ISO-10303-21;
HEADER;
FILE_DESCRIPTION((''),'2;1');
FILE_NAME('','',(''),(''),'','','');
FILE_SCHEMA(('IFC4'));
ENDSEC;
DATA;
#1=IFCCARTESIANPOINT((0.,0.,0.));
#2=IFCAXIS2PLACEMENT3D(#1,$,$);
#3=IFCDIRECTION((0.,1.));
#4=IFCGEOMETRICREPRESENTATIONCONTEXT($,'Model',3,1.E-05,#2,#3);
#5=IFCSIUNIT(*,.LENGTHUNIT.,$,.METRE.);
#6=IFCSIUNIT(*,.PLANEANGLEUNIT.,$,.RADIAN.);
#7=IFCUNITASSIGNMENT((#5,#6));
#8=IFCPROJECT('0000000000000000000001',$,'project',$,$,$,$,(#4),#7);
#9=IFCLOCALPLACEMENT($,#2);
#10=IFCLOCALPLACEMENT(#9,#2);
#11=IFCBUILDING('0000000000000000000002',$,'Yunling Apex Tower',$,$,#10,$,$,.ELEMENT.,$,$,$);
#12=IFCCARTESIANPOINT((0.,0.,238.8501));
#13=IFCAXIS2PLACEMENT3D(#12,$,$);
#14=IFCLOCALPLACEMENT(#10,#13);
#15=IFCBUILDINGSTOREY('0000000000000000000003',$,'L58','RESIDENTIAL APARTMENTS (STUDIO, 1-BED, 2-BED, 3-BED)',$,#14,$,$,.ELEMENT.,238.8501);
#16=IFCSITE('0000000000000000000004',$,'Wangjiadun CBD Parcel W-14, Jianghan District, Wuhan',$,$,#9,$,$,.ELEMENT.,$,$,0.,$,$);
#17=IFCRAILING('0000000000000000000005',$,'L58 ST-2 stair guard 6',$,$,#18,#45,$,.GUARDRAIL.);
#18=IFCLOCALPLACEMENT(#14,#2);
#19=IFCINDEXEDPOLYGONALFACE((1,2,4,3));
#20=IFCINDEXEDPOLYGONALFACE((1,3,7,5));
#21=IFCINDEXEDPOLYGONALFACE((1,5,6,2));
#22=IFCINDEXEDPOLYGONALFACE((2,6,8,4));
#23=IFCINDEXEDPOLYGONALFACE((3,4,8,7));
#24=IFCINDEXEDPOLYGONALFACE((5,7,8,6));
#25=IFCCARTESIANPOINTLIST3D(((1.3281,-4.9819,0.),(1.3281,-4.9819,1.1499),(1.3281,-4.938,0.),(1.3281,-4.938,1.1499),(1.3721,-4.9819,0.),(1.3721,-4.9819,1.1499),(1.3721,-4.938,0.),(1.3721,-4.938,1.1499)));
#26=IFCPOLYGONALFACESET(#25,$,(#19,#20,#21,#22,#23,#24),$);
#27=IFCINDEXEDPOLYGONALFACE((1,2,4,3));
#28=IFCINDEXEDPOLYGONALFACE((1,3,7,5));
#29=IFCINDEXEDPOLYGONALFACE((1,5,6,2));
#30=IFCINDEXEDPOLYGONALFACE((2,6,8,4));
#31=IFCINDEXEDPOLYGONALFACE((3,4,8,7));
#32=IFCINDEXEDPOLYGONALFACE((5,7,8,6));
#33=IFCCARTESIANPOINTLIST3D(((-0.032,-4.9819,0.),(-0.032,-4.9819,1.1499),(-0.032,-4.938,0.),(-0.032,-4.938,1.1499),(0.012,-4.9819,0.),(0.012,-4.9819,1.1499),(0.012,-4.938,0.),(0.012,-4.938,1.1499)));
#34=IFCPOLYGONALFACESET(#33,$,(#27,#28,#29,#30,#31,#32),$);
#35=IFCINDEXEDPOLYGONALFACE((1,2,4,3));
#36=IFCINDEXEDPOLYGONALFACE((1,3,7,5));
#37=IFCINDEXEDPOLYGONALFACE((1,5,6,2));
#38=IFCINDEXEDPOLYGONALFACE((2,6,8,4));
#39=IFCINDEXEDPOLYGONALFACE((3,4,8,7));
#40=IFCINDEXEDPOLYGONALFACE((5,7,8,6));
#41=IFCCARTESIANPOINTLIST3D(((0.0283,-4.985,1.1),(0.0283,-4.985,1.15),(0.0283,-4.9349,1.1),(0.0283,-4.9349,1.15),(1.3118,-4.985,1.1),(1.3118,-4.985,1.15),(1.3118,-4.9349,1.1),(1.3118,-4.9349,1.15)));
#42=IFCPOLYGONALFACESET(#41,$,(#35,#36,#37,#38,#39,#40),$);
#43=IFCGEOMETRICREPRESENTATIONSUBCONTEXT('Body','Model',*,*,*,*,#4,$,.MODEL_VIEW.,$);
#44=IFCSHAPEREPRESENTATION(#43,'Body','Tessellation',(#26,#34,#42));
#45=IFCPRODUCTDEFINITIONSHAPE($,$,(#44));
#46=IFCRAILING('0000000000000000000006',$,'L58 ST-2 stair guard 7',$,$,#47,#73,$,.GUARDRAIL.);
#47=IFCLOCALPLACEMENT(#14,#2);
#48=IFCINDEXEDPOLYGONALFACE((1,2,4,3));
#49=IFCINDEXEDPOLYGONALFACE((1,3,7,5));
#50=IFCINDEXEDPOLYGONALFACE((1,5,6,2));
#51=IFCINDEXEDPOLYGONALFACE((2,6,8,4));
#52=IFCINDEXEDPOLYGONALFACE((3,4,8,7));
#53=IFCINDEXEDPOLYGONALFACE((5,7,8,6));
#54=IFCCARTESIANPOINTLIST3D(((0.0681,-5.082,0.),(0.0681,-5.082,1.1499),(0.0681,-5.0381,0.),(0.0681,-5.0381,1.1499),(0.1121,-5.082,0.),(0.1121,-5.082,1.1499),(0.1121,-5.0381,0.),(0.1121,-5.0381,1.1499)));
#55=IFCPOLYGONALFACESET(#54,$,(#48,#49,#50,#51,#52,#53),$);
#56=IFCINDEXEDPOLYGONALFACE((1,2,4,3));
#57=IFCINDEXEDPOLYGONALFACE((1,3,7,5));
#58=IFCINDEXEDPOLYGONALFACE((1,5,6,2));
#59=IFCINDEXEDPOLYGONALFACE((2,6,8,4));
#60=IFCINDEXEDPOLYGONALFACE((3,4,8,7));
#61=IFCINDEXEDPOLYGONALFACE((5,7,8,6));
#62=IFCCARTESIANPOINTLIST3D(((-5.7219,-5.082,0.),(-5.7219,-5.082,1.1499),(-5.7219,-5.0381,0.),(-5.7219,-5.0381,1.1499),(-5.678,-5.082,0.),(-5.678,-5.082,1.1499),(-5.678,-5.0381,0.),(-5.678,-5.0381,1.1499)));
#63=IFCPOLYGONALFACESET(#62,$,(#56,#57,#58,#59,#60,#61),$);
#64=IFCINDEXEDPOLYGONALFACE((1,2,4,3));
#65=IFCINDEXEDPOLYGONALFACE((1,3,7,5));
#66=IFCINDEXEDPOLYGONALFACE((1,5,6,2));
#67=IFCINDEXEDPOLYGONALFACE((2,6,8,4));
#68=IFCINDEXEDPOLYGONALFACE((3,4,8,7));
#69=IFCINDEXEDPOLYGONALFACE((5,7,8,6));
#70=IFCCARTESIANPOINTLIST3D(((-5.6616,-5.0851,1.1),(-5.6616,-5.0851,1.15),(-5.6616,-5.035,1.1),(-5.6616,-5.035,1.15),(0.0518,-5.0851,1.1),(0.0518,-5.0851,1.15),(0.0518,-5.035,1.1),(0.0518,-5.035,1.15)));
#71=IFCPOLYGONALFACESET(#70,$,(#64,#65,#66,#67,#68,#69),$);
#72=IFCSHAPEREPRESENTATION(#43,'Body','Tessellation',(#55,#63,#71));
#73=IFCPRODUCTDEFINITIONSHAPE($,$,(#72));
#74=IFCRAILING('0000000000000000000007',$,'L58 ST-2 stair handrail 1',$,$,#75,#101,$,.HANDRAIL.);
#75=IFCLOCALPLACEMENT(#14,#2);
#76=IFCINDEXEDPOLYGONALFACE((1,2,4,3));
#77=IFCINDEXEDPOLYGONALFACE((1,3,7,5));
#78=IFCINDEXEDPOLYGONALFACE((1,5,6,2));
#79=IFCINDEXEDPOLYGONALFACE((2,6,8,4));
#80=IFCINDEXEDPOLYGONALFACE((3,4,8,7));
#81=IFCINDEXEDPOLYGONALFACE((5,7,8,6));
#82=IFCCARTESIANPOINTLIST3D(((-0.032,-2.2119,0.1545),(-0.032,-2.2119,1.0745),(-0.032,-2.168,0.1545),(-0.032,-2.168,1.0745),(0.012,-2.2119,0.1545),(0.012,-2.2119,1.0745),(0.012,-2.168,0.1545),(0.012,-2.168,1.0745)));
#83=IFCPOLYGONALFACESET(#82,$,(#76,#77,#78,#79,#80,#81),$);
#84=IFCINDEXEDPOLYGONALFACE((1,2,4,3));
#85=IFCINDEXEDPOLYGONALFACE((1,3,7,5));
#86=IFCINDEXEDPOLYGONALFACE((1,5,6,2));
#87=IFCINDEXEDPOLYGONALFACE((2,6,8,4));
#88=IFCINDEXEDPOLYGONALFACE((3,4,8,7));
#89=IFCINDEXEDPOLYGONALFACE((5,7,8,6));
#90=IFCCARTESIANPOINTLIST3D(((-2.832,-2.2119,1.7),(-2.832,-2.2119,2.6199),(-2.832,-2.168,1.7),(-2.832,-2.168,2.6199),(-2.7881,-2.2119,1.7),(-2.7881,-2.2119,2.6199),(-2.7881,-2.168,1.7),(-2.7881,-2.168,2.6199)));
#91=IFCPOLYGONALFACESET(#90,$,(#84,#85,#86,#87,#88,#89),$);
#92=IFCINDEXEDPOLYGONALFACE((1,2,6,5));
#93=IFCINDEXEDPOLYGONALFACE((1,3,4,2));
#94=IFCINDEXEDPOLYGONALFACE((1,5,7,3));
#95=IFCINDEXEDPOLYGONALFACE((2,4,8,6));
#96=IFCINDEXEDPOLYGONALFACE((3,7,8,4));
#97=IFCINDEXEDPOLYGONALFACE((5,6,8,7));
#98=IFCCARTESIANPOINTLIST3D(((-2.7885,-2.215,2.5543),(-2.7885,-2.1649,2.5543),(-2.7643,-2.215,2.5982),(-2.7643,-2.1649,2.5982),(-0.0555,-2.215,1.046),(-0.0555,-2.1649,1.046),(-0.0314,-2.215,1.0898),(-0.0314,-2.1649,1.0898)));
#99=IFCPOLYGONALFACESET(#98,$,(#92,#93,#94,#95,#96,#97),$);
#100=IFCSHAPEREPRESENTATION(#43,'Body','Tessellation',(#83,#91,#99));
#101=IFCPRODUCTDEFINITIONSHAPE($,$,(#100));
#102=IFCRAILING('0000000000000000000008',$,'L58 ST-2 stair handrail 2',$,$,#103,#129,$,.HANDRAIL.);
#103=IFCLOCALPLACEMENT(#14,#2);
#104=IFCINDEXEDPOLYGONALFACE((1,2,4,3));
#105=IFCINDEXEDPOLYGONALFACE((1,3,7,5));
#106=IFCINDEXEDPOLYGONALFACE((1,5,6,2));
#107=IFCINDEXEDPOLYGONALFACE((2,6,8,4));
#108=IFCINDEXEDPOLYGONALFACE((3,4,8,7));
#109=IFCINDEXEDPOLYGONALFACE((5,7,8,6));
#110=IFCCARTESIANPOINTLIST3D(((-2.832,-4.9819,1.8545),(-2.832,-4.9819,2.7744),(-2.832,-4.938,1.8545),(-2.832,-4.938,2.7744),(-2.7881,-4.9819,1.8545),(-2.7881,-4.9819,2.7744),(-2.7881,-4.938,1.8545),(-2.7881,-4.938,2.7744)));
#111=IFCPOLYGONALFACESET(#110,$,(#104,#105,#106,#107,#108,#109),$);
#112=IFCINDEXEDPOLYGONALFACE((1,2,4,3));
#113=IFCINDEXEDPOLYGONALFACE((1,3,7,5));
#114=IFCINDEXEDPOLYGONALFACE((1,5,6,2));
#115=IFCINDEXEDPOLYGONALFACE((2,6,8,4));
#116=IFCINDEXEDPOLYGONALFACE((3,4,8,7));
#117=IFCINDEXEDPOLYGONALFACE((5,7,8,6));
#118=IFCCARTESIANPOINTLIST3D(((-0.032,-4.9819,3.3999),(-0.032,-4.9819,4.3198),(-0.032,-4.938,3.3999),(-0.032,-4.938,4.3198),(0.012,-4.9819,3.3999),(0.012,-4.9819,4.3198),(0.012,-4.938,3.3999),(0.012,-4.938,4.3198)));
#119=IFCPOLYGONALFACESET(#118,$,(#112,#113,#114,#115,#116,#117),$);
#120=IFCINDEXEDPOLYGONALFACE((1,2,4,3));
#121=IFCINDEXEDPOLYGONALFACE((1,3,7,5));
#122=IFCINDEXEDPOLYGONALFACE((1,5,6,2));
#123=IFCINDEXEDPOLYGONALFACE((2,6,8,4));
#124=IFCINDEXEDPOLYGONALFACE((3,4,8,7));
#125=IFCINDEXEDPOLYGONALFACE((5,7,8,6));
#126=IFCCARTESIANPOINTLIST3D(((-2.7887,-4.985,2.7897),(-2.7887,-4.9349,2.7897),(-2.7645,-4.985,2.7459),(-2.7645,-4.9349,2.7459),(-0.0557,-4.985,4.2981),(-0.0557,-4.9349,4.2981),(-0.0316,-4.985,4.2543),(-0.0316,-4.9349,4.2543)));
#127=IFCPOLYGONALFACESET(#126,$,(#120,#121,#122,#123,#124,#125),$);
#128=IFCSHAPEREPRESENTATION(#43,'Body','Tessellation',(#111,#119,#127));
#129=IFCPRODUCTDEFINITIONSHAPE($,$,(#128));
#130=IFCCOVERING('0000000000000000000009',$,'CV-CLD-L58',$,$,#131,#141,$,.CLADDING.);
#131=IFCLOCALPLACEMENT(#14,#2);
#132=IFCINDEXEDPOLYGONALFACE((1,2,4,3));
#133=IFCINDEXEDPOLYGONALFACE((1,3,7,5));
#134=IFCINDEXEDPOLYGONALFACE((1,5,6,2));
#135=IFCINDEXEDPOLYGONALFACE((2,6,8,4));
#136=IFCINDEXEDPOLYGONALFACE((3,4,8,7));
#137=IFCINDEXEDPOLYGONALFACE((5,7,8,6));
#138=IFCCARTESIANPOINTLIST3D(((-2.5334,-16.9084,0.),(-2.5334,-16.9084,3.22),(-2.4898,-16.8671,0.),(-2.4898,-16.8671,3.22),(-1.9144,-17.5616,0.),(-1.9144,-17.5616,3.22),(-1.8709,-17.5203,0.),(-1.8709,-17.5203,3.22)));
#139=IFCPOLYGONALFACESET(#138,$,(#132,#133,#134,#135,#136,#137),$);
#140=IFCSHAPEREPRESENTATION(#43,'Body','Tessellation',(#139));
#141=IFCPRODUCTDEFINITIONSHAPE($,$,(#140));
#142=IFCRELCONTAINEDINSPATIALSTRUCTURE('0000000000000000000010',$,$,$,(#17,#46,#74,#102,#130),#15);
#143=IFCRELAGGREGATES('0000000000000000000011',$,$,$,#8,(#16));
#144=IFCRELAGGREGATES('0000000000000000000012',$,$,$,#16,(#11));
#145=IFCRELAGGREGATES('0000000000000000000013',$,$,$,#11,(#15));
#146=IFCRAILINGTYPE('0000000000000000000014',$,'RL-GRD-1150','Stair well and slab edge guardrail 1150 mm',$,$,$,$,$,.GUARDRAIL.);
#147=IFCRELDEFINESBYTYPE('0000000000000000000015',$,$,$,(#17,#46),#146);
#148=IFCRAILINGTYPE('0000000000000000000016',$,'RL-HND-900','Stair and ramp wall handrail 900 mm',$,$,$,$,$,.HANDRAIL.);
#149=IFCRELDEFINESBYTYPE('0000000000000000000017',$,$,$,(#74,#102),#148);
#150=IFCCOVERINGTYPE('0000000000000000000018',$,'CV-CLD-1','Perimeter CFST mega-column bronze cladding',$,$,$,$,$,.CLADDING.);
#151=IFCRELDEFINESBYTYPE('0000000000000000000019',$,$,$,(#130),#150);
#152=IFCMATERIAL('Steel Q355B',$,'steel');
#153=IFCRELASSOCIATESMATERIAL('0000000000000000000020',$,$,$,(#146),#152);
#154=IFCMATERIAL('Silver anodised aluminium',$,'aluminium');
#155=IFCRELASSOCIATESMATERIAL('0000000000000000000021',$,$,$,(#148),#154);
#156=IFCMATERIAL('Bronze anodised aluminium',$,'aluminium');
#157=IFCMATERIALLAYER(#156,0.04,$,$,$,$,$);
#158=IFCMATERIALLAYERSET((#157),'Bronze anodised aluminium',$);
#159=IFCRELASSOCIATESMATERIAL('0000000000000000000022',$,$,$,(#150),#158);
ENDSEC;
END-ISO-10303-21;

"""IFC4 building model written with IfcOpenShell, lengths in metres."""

from ifc_helpers import new_model, si_unit, direction, frame, origin, origin_2d, place, context, subcontext, project, spatial, rectangle, extrude, source, transform, mapped, material, layer, layer_set, type_object, element, save


model = new_model("IFC4")

# Units and contexts
model_context = context("Model", 3, precision=1e-05, world=origin(), true_north=direction((0.0, 1.0)))
body_context = subcontext(model_context, "Body", "Model", "MODEL_VIEW")
ifc_project = project(units=[si_unit("LENGTHUNIT", "METRE"), si_unit("PLANEANGLEUNIT", "RADIAN")], contexts=[model_context])

# Site, building, storey
site_placement = place(None, origin())
site = spatial("IfcSite", under=ifc_project, at=site_placement, Name="Wangjiadun CBD Parcel W-14, Jianghan District, Wuhan", CompositionType="ELEMENT", RefElevation=0.0)
building_placement = place(site_placement, origin())
building = spatial("IfcBuilding", under=site, at=building_placement, Name="Yunling Apex Tower", CompositionType="ELEMENT")
storey_placement = place(building_placement, frame((0.0, 0.0, 238.8501)))
storey = spatial("IfcBuildingStorey", under=building, at=storey_placement, Name="L58", Description="RESIDENTIAL APARTMENTS (STUDIO, 1-BED, 2-BED, 3-BED)", CompositionType="ELEMENT", Elevation=238.8501)

# Shared definitions
ifc_material_1 = material(Name="Steel Q355B", Category="steel")

# Shared definitions
ifc_material_2 = material(Name="Bronze anodised aluminium", Category="aluminium")

# Railings
railing_type_1 = type_object("IfcRailingType", Name="RL-GRD-1150", Description="Stair well and slab edge guardrail 1150 mm", PredefinedType="GUARDRAIL", material=ifc_material_1)
railing_1_placement = place(storey_placement, frame((1.3501, -4.96, 0.0)))
element("IfcRailing", 1, at=railing_1_placement, inside=storey, type_object=railing_type_1, Name="L58 ST-2 stair guard 6", PredefinedType="GUARDRAIL", context=body_context, shape_type="SweptSolid", body=[
    extrude(rectangle(XDim=0.0439, YDim=0.0439, at=origin_2d()), origin(), (0.0, 0.0, 1.0), 1.1499),
    extrude(rectangle(XDim=0.0439, YDim=0.0439, at=origin_2d()), frame((-1.3601, 0.0, 0.0)), (0.0, 0.0, 1.0), 1.1499),
    extrude(rectangle(XDim=0.05, YDim=0.05, at=origin_2d()), frame((-0.0383, 0.0, 1.125), z_axis=(-1.0, 0.0, 0.0), x_axis=(0.0, -1.0, 0.0)), (0.0, 0.0, 1.0), 1.2834),
])
railing_2_placement = place(storey_placement, frame((0.0901, -5.0601, 0.0)))
element("IfcRailing", 2, at=railing_2_placement, inside=storey, type_object=railing_type_1, Name="L58 ST-2 stair guard 7", PredefinedType="GUARDRAIL", context=body_context, shape_type="SweptSolid", body=[
    extrude(rectangle(XDim=0.0439, YDim=0.0439, at=origin_2d()), origin(), (0.0, 0.0, 1.0), 1.1499),
    extrude(rectangle(XDim=0.0439, YDim=0.0439, at=origin_2d()), frame((-5.79, 0.0, 0.0)), (0.0, 0.0, 1.0), 1.1499),
    extrude(rectangle(XDim=0.05, YDim=0.05, at=origin_2d()), frame((-0.0383, 0.0, 1.125), z_axis=(-1.0, 0.0, 0.0), x_axis=(0.0, -1.0, 0.0)), (0.0, 0.0, 1.0), 5.7134),
])
ifc_material_3 = material(Name="Silver anodised aluminium", Category="aluminium")
railing_type_2 = type_object("IfcRailingType", Name="RL-HND-900", Description="Stair and ramp wall handrail 900 mm", PredefinedType="HANDRAIL", material=ifc_material_3)
railing_3_placement = place(storey_placement, frame((-0.01, -2.1899, 0.1545)))
element("IfcRailing", 3, at=railing_3_placement, inside=storey, type_object=railing_type_2, Name="L58 ST-2 stair handrail 1", PredefinedType="HANDRAIL", context=body_context, shape_type="SweptSolid", body=[
    extrude(rectangle(XDim=0.0439, YDim=0.0439, at=origin_2d()), origin(), (0.0, 0.0, 1.0), 0.9199),
    extrude(rectangle(XDim=0.0439, YDim=0.0439, at=origin_2d()), frame((-2.8, 0.0, 1.5454)), (0.0, 0.0, 1.0), 0.9199),
    extrude(rectangle(XDim=0.05, YDim=0.05, at=origin_2d()), frame((-0.0334, 0.0, 0.9133), z_axis=(-0.875504, 0.0, 0.483211), x_axis=(0.0, -1.0, 0.0)), (0.0, 0.0, 1.0), 3.1216),
])
railing_4_placement = place(storey_placement, frame((-2.8101, -4.96, 1.8545)))
element("IfcRailing", 4, at=railing_4_placement, inside=storey, type_object=railing_type_2, Name="L58 ST-2 stair handrail 2", PredefinedType="HANDRAIL", context=body_context, shape_type="SweptSolid", body=[
    extrude(rectangle(XDim=0.0439, YDim=0.0439, at=origin_2d()), origin(), (0.0, 0.0, 1.0), 0.9199),
    extrude(rectangle(XDim=0.0439, YDim=0.0439, at=origin_2d()), frame((2.8, 0.0, 1.5454)), (0.0, 0.0, 1.0), 0.9199),
    extrude(rectangle(XDim=0.05, YDim=0.05, at=origin_2d()), frame((0.0334, 0.0, 0.9133), z_axis=(0.875504, 0.0, 0.483211), x_axis=(0.0, 1.0, 0.0)), (0.0, 0.0, 1.0), 3.1216),
])

# Covering
ifc_layer_1 = layer(ifc_material_2, 0.04)
ifc_layer_set_1 = layer_set([ifc_layer_1], Name="Bronze anodised aluminium")
covering_type_1 = type_object("IfcCoveringType", Name="CV-CLD-1", Description="Perimeter CFST mega-column bronze cladding", PredefinedType="CLADDING", material=ifc_layer_set_1)
shared_shape_1 = source(origin(), body_context, "Body", "SweptSolid", [
    extrude(rectangle(XDim=0.0601, YDim=0.8999, at=origin_2d()), origin(), (0.0, 0.0, 1.0), 3.22),
])
covering_1_placement = place(storey_placement, frame((-2.2021, -17.2144, 0.0), z_axis=(0.0, 0.0, 1.0), x_axis=(0.725855, 0.687848, 0.0)))
element("IfcCovering", 5, at=covering_1_placement, inside=storey, type_object=covering_type_1, Name="CV-CLD-L58", PredefinedType="CLADDING", context=body_context, shape_type="MappedRepresentation", body=[
    mapped(shared_shape_1, transform((0.0, 0.0, 0.0), scale=1.0)),
])

save(model, "model.ifc")
